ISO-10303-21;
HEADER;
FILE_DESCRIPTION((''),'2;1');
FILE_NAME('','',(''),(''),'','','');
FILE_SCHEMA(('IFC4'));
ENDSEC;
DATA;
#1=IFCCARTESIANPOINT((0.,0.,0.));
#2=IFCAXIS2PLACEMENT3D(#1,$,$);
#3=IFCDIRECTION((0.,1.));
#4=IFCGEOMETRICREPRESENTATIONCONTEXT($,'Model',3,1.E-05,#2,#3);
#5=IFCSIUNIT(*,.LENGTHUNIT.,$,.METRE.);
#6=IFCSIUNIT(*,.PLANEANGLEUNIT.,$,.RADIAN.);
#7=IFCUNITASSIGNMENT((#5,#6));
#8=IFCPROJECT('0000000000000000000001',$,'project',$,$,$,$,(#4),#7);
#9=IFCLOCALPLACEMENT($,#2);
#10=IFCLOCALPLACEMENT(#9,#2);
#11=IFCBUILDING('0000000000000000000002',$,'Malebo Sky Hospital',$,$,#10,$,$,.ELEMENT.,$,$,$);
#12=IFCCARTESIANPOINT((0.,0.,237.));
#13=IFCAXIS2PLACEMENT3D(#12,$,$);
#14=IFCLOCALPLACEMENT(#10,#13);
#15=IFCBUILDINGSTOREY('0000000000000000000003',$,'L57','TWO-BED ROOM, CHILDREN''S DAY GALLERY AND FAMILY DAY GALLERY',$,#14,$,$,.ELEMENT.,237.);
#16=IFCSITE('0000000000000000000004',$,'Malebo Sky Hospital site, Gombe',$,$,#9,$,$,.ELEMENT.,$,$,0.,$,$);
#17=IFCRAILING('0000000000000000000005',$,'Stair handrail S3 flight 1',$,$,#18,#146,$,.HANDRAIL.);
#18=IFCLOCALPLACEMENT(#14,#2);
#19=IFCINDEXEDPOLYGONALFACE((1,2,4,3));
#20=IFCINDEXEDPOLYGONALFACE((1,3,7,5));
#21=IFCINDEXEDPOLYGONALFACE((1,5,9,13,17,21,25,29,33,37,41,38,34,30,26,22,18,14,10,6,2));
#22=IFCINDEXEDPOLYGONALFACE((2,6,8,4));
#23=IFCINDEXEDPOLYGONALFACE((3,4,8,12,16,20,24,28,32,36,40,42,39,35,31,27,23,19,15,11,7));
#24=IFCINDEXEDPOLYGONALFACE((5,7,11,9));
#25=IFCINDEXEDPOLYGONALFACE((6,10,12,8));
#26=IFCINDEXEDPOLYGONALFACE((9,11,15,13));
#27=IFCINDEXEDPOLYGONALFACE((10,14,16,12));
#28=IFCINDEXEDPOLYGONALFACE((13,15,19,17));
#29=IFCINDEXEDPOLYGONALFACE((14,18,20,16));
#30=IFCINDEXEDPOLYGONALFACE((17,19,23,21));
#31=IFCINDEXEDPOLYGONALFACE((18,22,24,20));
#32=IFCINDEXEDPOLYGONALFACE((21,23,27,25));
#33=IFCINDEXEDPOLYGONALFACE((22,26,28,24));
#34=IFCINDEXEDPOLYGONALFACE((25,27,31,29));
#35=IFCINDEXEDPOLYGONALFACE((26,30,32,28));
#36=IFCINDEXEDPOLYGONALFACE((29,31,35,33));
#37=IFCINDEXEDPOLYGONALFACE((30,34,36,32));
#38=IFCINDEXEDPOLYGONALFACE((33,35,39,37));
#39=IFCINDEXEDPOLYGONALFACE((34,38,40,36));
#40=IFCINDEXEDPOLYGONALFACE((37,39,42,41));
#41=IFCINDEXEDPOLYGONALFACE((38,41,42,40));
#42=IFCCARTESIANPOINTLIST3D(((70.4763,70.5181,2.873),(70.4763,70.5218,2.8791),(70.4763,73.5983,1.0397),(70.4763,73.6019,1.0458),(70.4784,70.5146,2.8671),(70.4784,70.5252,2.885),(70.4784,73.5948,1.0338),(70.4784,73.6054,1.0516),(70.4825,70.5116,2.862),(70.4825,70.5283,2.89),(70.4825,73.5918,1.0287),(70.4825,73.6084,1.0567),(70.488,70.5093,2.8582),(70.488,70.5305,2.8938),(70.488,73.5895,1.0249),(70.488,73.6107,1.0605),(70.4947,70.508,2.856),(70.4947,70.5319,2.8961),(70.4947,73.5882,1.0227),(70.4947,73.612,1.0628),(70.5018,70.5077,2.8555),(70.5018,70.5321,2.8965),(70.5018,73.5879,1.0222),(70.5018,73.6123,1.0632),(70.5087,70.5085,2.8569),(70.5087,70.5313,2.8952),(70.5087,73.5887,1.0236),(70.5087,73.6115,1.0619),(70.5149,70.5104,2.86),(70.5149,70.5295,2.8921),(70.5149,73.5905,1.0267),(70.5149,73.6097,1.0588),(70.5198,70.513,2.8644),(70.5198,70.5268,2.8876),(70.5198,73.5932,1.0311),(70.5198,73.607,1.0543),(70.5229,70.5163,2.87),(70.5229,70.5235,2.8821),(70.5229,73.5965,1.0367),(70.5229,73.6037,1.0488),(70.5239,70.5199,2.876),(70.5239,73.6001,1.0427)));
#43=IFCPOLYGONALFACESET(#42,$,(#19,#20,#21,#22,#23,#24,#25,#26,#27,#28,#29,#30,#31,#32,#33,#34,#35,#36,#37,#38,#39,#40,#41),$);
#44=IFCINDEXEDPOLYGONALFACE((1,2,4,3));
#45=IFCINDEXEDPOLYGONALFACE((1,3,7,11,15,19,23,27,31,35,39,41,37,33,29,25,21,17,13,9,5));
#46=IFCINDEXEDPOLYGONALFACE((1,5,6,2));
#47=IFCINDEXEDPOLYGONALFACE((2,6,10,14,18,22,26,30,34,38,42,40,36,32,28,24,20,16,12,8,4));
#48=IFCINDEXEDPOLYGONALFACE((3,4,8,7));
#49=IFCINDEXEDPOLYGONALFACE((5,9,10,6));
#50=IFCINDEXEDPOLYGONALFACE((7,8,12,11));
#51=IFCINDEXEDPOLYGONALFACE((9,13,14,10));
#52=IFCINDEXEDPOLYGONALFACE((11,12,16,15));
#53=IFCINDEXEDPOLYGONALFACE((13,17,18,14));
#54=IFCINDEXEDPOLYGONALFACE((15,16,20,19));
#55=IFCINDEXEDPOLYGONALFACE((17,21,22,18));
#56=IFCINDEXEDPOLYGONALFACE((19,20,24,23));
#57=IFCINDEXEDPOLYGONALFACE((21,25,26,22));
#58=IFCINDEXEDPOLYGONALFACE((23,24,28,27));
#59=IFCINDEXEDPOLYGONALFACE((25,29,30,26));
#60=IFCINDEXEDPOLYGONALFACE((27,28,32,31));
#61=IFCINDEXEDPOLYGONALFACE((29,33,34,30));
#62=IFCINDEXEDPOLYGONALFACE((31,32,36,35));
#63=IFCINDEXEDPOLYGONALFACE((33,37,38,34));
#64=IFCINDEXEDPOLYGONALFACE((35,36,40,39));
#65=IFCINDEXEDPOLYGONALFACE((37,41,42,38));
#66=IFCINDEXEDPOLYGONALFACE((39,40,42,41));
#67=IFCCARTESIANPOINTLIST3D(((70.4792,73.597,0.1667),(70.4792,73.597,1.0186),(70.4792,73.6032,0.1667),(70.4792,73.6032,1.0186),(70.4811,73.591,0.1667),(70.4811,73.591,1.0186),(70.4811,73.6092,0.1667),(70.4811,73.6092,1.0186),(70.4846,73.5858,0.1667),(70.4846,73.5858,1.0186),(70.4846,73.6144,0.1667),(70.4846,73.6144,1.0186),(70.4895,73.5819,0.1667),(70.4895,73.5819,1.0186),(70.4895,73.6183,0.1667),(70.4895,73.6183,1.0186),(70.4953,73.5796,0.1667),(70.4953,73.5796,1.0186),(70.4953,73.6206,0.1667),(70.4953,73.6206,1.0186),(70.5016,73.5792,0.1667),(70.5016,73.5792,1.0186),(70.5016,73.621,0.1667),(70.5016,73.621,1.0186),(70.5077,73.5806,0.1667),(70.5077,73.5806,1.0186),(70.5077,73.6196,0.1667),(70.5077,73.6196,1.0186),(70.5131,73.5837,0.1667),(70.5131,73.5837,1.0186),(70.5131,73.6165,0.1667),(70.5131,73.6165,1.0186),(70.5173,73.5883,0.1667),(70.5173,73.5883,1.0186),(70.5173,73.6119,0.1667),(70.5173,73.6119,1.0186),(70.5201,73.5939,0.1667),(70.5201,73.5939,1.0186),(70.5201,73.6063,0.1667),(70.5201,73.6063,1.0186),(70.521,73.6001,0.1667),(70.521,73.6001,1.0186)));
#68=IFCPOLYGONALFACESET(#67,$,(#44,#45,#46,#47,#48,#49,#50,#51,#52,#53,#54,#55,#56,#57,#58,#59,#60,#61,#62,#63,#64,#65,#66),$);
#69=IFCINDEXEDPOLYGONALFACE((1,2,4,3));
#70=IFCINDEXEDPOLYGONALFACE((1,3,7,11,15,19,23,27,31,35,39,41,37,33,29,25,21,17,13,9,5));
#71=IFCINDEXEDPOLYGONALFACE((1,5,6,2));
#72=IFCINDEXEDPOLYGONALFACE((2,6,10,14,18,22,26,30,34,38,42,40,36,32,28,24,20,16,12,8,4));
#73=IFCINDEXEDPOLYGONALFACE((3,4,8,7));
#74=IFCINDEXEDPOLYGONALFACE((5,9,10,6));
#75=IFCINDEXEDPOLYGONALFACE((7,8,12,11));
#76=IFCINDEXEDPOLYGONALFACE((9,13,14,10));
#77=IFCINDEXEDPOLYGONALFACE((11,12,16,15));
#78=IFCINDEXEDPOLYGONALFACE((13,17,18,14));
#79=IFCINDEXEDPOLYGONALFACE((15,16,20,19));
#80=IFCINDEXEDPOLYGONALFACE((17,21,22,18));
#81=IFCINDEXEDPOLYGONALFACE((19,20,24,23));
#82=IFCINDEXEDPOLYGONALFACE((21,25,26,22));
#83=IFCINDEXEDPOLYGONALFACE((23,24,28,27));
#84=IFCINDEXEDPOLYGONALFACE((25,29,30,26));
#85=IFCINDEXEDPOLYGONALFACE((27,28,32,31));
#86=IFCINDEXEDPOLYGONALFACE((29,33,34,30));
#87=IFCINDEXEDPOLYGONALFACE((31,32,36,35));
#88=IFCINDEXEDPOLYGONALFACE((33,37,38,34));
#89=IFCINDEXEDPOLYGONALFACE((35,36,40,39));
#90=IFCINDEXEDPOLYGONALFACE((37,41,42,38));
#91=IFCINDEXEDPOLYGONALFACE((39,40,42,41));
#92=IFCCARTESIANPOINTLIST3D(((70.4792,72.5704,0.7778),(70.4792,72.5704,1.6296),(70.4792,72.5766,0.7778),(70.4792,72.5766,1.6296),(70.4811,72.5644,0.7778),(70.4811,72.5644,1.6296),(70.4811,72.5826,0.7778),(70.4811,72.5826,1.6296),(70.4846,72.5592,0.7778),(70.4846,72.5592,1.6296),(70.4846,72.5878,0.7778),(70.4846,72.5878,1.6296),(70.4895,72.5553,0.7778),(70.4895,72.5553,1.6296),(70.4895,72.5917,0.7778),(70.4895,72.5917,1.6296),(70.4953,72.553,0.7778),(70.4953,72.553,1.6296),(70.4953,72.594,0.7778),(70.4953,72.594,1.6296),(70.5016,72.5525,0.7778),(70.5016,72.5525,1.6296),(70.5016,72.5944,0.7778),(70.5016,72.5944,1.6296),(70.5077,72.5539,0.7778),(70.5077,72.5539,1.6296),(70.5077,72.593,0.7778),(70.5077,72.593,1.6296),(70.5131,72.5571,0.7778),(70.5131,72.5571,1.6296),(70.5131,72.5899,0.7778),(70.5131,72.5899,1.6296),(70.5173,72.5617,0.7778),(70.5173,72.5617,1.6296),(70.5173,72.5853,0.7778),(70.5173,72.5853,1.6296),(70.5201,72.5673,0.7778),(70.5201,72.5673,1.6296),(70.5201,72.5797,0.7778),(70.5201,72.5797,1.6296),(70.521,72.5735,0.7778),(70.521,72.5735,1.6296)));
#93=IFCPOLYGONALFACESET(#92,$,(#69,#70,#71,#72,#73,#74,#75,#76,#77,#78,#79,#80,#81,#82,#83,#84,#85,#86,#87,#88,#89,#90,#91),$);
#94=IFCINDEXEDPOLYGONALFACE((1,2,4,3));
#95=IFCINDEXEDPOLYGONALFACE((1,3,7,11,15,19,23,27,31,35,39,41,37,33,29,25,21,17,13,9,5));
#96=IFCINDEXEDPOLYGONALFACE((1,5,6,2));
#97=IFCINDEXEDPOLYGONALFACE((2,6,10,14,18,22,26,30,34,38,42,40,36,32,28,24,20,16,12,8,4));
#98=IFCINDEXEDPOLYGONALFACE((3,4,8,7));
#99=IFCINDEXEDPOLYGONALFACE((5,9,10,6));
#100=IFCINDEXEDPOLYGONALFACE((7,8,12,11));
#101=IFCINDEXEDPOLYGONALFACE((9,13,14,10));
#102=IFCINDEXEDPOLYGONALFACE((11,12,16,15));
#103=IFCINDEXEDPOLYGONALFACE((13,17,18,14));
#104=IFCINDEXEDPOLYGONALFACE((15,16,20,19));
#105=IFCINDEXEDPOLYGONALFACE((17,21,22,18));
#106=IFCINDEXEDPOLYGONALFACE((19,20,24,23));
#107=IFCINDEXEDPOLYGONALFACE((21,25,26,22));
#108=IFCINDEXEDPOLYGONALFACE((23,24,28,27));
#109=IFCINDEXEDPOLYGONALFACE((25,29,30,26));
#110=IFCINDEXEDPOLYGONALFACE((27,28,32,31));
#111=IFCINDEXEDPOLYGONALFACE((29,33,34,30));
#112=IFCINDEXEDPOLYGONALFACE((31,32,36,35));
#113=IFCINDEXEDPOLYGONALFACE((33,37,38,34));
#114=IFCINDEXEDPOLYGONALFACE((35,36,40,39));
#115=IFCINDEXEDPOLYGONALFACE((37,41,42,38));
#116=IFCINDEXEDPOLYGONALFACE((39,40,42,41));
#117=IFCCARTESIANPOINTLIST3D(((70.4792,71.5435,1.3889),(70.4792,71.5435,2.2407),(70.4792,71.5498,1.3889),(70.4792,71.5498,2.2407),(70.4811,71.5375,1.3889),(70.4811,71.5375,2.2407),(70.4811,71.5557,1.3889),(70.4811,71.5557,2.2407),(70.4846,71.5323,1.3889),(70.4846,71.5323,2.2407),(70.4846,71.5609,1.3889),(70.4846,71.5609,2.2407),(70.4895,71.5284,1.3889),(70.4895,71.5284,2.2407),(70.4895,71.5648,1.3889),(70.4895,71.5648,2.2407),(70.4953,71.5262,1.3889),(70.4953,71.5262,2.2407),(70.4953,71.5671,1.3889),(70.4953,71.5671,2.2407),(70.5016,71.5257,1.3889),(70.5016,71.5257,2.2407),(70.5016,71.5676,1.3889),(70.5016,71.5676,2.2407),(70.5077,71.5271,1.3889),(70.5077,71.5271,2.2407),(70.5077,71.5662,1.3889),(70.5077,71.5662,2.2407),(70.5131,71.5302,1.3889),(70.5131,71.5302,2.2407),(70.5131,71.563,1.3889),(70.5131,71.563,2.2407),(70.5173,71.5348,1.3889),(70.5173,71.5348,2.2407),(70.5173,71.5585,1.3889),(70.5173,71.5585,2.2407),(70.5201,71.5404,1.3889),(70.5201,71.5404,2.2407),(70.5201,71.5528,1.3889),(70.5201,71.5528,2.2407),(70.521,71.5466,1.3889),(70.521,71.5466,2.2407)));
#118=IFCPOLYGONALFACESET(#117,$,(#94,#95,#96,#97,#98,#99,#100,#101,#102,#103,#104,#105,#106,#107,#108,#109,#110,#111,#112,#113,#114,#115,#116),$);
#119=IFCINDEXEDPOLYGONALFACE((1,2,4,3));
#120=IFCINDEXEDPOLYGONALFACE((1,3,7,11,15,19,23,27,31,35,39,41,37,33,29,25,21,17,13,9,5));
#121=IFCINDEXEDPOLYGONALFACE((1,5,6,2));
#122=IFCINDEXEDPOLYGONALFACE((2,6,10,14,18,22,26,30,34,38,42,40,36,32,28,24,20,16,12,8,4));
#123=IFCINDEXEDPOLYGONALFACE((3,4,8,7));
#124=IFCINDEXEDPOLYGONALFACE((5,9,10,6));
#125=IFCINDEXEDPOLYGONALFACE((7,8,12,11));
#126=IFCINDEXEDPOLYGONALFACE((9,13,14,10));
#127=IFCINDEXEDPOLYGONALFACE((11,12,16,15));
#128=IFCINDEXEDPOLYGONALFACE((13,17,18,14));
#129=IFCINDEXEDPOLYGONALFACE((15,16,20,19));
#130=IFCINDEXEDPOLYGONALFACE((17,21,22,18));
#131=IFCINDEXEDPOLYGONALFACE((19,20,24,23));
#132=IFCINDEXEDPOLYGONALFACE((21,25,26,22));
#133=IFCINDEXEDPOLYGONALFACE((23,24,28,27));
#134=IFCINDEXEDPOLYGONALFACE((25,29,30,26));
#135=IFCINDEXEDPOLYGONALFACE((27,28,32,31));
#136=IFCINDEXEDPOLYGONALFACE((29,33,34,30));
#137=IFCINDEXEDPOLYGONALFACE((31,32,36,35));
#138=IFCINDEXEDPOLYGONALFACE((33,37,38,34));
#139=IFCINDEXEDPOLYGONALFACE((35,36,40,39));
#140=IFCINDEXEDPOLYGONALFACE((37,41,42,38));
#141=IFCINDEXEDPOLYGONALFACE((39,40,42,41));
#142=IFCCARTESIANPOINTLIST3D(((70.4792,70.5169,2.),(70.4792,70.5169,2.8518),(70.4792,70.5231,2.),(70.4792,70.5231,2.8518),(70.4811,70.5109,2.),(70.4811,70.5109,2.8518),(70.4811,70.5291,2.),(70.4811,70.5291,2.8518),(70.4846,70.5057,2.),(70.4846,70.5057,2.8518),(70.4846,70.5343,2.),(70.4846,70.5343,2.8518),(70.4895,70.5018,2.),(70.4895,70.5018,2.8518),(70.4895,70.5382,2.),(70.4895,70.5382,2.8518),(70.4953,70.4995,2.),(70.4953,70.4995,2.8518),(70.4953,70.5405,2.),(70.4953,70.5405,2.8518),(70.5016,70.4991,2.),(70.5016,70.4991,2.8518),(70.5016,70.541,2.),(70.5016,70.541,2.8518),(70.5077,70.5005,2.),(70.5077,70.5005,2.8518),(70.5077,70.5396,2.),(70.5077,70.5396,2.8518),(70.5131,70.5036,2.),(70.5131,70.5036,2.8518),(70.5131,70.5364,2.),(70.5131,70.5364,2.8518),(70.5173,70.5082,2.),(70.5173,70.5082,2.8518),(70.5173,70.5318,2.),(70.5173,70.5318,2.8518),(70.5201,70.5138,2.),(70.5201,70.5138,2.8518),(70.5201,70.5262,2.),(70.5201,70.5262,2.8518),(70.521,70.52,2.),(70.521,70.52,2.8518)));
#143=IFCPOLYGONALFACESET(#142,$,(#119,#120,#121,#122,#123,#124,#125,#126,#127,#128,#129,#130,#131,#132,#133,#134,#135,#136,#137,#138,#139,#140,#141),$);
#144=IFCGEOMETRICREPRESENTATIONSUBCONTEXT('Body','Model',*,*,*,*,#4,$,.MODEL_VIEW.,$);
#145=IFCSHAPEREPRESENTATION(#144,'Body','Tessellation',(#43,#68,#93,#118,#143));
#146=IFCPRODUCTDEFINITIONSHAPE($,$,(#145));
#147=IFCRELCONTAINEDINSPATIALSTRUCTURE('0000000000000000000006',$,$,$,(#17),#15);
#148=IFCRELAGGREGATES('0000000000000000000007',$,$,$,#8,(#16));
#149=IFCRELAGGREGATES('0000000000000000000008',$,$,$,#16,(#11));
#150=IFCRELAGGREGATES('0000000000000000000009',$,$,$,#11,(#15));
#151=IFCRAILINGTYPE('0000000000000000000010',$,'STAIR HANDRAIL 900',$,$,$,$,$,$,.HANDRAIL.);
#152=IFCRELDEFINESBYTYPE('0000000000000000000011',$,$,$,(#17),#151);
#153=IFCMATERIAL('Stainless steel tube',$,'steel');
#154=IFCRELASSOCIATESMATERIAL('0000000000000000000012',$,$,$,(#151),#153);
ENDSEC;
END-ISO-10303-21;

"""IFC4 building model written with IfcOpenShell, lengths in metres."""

from ifc_helpers import new_model, si_unit, direction, frame, origin, origin_2d, place, context, subcontext, project, spatial, circle, extrude, material, type_object, element, save


model = new_model("IFC4")

# Units and contexts
model_context = context("Model", 3, precision=1e-05, world=origin(), true_north=direction((0.0, 1.0)))
body_context = subcontext(model_context, "Body", "Model", "MODEL_VIEW")
ifc_project = project(units=[si_unit("LENGTHUNIT", "METRE"), si_unit("PLANEANGLEUNIT", "RADIAN")], contexts=[model_context])

# Site, building, storey
site_placement = place(None, origin())
site = spatial("IfcSite", under=ifc_project, at=site_placement, Name="Malebo Sky Hospital site, Gombe", CompositionType="ELEMENT", RefElevation=0.0)
building_placement = place(site_placement, origin())
building = spatial("IfcBuilding", under=site, at=building_placement, Name="Malebo Sky Hospital", CompositionType="ELEMENT")
storey_placement = place(building_placement, frame((0.0, 0.0, 237.0)))
storey = spatial("IfcBuildingStorey", under=building, at=storey_placement, Name="L57", Description="TWO-BED ROOM, CHILDREN'S DAY GALLERY AND FAMILY DAY GALLERY", CompositionType="ELEMENT", Elevation=237.0)

# Railing
ifc_material_1 = material(Name="Stainless steel tube", Category="steel")
railing_type = type_object("IfcRailingType", Name="STAIR HANDRAIL 900", PredefinedType="HANDRAIL", material=ifc_material_1)
railing_1_placement = place(storey_placement, frame((70.5, 73.6001, 0.1667)))
element("IfcRailing", 1, at=railing_1_placement, inside=storey, type_object=railing_type, Name="Stair handrail S3 flight 1", PredefinedType="HANDRAIL", context=body_context, shape_type="SweptSolid", body=[
    extrude(circle(Radius=0.0239, at=origin_2d()), frame((0.0, 0.0, 0.876), z_axis=(0.0, -0.859309, 0.511458), x_axis=(1.0, 0.0, 0.0)), (0.0, 0.0, 1.0), 3.5845),
    extrude(circle(Radius=0.021, at=origin_2d()), origin(), (0.0, 0.0, 1.0), 0.8518),
    extrude(circle(Radius=0.021, at=origin_2d()), frame((0.0, -1.0266, 0.6111)), (0.0, 0.0, 1.0), 0.8518),
    extrude(circle(Radius=0.021, at=origin_2d()), frame((0.0, -2.0535, 1.2222)), (0.0, 0.0, 1.0), 0.8518),
    extrude(circle(Radius=0.021, at=origin_2d()), frame((0.0, -3.0801, 1.8333)), (0.0, 0.0, 1.0), 0.8518),
])

save(model, "model.ifc")
